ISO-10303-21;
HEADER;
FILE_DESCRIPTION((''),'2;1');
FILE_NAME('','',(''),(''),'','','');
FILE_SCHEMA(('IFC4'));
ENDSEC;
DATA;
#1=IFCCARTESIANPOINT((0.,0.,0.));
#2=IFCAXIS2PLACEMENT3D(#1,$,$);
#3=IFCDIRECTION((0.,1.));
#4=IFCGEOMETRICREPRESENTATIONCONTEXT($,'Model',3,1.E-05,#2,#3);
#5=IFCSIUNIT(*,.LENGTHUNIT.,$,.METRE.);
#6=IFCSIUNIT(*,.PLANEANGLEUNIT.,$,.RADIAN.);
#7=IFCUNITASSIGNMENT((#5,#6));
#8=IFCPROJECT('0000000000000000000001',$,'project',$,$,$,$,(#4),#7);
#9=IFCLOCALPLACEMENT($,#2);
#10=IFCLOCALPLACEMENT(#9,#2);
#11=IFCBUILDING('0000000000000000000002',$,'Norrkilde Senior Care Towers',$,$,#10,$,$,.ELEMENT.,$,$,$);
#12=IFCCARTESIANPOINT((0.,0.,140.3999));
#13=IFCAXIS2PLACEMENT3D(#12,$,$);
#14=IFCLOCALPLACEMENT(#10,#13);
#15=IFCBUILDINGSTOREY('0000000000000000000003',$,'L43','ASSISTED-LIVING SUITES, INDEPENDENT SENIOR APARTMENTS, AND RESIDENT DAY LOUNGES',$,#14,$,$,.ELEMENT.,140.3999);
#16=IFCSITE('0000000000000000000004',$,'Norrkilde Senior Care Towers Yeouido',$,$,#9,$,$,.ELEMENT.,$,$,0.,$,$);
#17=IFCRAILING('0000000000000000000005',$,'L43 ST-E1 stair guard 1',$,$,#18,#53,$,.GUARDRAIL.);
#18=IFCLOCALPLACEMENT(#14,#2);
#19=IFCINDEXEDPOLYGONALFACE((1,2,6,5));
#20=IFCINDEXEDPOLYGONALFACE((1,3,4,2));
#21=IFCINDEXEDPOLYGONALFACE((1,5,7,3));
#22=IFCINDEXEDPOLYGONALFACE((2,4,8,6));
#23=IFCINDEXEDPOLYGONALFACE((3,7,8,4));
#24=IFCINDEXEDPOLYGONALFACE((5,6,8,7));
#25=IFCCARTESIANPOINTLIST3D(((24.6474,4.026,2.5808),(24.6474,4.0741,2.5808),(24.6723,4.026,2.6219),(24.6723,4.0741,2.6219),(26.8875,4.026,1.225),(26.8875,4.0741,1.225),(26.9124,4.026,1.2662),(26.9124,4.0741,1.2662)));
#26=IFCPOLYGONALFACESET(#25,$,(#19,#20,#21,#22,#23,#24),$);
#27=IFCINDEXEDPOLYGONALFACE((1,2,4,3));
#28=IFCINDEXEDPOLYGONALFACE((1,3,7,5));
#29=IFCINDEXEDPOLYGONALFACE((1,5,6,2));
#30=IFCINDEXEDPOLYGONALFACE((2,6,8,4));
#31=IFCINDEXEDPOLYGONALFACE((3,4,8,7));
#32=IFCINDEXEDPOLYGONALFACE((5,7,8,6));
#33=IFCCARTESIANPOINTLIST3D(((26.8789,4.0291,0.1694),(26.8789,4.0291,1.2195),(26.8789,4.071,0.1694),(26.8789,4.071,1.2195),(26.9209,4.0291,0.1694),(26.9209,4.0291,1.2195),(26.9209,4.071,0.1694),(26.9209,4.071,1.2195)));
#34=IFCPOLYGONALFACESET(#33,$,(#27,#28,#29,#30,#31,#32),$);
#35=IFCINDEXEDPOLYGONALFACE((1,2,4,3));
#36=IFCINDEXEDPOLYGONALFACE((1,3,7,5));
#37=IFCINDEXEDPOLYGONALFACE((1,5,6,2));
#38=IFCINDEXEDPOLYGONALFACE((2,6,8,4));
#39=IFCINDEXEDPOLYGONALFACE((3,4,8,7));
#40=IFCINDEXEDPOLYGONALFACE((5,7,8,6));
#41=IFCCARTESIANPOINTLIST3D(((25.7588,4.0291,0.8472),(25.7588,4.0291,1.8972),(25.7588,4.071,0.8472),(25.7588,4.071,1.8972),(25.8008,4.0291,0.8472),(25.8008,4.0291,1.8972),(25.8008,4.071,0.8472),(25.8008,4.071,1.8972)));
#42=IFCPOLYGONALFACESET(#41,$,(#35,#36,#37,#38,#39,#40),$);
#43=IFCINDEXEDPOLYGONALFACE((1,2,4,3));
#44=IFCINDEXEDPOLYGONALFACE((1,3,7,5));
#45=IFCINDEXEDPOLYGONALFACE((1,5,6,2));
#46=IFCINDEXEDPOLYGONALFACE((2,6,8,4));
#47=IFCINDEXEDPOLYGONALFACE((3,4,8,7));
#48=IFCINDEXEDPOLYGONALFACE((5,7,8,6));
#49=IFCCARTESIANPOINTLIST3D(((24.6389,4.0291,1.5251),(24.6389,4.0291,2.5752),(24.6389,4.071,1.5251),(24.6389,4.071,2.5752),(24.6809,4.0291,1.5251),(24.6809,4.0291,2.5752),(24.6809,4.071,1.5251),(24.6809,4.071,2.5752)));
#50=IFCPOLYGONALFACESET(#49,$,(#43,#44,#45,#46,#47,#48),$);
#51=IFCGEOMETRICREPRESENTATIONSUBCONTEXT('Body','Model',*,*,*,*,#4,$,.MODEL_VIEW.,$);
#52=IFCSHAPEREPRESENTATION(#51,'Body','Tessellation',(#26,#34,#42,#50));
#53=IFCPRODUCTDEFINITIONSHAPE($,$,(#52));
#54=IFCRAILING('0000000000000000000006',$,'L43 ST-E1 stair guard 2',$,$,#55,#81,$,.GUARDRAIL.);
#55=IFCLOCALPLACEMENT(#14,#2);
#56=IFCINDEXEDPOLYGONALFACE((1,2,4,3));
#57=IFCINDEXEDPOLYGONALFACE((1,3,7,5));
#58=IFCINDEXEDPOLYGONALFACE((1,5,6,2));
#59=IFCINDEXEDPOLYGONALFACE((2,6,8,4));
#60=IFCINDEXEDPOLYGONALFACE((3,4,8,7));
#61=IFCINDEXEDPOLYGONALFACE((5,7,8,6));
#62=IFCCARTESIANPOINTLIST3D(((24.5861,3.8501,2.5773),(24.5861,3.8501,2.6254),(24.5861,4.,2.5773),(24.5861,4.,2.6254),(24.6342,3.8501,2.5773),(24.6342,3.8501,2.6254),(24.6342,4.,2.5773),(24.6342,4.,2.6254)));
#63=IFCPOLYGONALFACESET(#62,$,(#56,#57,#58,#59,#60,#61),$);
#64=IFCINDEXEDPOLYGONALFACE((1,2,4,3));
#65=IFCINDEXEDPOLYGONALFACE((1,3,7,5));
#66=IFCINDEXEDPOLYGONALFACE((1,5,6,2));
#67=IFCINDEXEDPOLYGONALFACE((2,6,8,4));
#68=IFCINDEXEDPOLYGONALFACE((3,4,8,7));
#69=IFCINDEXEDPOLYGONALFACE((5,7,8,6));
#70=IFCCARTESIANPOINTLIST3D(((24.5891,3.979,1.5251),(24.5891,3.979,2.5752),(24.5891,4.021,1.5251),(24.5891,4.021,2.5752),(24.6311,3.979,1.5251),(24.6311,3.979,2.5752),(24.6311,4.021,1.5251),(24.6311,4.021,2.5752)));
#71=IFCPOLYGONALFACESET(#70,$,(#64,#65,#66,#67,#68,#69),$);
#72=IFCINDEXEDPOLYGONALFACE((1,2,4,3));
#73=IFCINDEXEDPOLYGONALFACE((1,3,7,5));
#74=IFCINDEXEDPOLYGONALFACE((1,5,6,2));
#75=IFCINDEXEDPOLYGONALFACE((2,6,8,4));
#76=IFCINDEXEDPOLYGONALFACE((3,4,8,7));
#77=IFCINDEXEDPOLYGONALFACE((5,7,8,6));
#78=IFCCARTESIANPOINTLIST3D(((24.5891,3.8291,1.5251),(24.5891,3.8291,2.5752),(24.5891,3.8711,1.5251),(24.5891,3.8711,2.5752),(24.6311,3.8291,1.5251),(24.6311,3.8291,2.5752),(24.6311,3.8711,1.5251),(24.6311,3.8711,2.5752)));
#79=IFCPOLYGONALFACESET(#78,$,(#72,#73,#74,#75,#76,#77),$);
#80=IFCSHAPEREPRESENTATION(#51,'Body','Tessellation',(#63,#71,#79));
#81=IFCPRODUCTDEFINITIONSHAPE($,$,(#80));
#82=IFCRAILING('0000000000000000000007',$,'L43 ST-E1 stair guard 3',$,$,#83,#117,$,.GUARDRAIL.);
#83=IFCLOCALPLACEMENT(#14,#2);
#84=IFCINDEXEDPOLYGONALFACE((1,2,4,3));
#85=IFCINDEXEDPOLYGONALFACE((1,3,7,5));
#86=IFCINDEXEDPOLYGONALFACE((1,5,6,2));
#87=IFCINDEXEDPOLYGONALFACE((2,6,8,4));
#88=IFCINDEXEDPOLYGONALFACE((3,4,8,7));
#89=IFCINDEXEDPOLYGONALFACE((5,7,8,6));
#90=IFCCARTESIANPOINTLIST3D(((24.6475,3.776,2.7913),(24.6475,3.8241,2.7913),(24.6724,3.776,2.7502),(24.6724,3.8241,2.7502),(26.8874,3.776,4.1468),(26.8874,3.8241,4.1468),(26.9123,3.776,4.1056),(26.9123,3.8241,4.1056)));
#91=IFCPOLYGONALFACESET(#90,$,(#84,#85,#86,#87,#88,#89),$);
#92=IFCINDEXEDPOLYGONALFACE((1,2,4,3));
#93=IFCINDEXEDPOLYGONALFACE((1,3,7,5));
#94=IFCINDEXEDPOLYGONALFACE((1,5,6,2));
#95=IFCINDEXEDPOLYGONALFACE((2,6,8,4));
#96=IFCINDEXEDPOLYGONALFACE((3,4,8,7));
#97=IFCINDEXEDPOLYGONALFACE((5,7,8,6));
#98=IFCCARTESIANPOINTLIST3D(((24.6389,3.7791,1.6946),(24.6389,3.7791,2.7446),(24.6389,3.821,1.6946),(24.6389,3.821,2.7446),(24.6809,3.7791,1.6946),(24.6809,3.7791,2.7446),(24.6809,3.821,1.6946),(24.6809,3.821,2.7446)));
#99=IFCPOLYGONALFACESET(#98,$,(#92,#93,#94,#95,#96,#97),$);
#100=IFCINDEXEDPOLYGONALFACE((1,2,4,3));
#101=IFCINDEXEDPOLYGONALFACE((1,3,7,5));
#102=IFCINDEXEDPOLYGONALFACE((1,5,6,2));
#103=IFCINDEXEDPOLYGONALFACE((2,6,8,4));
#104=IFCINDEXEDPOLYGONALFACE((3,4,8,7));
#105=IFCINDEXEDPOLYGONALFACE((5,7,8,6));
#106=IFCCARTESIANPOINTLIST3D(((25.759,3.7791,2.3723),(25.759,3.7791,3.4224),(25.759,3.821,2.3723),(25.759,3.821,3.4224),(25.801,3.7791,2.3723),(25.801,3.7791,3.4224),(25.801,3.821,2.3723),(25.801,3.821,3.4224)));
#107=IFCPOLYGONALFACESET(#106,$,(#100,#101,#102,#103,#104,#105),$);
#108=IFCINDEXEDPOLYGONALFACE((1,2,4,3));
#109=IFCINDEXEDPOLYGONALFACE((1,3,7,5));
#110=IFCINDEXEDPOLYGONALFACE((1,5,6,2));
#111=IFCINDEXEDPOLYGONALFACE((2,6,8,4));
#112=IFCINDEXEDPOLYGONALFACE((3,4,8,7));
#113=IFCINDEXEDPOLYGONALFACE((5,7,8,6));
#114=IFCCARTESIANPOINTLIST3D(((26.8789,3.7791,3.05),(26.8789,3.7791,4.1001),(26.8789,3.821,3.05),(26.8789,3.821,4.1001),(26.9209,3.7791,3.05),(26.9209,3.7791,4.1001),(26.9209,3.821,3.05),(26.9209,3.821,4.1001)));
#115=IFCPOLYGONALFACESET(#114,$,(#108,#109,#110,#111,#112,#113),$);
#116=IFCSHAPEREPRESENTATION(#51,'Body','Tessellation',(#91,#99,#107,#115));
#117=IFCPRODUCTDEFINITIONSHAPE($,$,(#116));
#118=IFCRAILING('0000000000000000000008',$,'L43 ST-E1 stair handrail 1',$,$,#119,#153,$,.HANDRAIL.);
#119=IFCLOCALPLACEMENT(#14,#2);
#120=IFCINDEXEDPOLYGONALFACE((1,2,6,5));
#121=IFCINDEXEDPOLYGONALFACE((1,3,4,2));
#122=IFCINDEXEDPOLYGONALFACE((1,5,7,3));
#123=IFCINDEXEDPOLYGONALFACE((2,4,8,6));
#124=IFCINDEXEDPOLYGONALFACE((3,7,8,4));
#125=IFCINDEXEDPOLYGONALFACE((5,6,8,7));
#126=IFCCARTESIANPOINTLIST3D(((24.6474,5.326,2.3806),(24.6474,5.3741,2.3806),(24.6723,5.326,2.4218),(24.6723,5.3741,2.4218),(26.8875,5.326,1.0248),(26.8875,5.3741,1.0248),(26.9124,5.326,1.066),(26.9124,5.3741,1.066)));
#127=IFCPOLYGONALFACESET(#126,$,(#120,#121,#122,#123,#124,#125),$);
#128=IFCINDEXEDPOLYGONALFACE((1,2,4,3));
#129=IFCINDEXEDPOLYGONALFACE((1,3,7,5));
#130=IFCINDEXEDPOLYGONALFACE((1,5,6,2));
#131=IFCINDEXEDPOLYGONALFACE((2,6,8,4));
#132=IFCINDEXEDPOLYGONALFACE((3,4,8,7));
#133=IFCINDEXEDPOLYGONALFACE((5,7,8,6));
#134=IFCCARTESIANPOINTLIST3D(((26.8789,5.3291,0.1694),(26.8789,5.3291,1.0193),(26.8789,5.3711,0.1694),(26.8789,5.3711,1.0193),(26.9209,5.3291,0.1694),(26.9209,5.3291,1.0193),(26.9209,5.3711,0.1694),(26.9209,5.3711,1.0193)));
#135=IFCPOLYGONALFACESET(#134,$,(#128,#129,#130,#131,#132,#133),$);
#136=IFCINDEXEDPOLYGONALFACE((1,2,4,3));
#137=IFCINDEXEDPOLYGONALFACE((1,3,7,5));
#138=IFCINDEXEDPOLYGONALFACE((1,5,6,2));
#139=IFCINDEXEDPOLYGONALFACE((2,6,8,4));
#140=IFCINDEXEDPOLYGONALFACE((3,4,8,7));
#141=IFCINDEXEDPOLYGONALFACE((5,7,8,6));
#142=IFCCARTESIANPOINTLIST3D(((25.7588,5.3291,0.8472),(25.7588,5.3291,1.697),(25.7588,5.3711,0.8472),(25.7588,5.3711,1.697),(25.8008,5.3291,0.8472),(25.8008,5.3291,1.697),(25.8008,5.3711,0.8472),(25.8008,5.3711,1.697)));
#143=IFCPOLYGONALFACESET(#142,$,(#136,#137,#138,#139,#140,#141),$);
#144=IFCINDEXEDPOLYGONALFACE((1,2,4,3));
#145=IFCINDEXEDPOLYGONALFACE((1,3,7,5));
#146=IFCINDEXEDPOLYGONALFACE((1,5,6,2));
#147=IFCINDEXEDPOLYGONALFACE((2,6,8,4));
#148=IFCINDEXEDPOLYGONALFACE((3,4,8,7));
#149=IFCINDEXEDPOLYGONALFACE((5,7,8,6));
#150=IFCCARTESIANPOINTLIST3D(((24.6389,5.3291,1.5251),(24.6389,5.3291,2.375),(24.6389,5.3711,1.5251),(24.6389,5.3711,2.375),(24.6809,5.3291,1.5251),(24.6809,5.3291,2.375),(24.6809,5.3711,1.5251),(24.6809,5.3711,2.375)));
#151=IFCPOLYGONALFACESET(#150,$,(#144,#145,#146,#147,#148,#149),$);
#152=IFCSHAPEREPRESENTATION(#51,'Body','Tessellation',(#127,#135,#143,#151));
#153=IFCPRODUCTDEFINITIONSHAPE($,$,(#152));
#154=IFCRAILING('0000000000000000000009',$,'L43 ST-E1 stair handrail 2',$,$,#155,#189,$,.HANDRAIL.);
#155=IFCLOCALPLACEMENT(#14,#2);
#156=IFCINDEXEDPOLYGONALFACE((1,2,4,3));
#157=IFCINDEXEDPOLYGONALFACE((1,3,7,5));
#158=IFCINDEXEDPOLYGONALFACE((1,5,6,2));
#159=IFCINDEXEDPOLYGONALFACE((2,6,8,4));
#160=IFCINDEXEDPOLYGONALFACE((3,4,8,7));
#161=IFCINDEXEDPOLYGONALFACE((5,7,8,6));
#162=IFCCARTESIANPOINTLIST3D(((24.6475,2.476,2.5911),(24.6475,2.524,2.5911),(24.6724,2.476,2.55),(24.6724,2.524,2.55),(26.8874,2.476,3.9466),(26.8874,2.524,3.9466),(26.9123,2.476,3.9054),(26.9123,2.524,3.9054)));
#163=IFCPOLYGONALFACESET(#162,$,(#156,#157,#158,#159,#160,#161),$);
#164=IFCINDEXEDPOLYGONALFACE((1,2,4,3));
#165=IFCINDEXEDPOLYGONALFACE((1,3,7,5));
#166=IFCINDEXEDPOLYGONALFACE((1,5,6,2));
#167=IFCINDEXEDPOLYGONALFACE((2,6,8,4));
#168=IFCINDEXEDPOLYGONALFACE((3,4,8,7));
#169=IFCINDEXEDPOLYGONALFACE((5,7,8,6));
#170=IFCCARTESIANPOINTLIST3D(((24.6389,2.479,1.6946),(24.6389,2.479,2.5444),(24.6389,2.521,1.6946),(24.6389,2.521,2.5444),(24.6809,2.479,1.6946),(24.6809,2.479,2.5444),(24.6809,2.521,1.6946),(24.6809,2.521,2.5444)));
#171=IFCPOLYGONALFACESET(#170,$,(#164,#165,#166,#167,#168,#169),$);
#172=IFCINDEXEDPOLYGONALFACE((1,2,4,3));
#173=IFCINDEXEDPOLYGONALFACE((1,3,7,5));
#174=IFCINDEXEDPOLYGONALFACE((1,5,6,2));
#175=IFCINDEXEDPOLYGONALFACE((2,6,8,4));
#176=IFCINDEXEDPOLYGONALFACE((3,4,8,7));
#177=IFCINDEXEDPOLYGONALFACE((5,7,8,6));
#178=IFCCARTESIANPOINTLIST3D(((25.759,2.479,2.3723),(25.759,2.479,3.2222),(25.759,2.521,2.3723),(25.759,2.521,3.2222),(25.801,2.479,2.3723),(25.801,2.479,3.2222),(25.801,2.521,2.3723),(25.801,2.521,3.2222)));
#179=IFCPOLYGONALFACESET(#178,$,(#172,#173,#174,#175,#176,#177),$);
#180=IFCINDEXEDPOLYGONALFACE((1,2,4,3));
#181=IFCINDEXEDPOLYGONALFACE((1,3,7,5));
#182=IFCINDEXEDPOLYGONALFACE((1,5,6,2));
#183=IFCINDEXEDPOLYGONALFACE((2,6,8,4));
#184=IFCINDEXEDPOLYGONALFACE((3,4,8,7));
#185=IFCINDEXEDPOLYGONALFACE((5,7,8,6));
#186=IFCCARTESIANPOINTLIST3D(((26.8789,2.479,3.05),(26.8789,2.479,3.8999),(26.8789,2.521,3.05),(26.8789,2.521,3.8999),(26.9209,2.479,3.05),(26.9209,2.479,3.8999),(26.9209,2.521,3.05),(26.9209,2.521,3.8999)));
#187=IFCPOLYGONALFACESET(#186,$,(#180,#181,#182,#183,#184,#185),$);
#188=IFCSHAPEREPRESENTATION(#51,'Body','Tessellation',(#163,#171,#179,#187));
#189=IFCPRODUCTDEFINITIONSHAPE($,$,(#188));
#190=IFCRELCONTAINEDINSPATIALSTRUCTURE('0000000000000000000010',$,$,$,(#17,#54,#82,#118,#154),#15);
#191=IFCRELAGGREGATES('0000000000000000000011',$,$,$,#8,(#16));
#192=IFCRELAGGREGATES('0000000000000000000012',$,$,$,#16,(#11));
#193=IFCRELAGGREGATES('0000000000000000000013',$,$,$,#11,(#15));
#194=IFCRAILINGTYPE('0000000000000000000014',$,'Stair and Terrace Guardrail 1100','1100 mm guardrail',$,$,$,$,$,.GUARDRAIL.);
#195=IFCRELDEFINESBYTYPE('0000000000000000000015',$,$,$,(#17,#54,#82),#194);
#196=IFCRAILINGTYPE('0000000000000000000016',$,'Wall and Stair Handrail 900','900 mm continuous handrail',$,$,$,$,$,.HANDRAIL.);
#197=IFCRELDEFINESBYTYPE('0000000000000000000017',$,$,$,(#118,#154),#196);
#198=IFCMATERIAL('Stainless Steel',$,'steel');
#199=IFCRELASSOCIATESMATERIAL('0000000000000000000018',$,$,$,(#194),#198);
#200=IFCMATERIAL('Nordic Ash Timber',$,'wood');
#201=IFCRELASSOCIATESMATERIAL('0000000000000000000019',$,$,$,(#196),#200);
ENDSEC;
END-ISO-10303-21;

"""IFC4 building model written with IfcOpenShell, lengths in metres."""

from ifc_helpers import new_model, si_unit, direction, frame, origin, origin_2d, place, context, subcontext, project, spatial, rectangle, extrude, material, type_object, element, save


model = new_model("IFC4")

# Units and contexts
model_context = context("Model", 3, precision=1e-05, world=origin(), true_north=direction((0.0, 1.0)))
body_context = subcontext(model_context, "Body", "Model", "MODEL_VIEW")
ifc_project = project(units=[si_unit("LENGTHUNIT", "METRE"), si_unit("PLANEANGLEUNIT", "RADIAN")], contexts=[model_context])

# Site, building, storey
site_placement = place(None, origin())
site = spatial("IfcSite", under=ifc_project, at=site_placement, Name="Norrkilde Senior Care Towers Yeouido", CompositionType="ELEMENT", RefElevation=0.0)
building_placement = place(site_placement, origin())
building = spatial("IfcBuilding", under=site, at=building_placement, Name="Norrkilde Senior Care Towers", CompositionType="ELEMENT")
storey_placement = place(building_placement, frame((0.0, 0.0, 140.3999)))
storey = spatial("IfcBuildingStorey", under=building, at=storey_placement, Name="L43", Description="ASSISTED-LIVING SUITES, INDEPENDENT SENIOR APARTMENTS, AND RESIDENT DAY LOUNGES", CompositionType="ELEMENT", Elevation=140.3999)

# Railings
ifc_material_1 = material(Name="Stainless Steel", Category="steel")
railing_type_1 = type_object("IfcRailingType", Name="Stair and Terrace Guardrail 1100", Description="1100 mm guardrail", PredefinedType="GUARDRAIL", material=ifc_material_1)
railing_1_placement = place(storey_placement, frame((26.8999, 4.05, 0.1694)))
element("IfcRailing", 1, at=railing_1_placement, inside=storey, type_object=railing_type_1, Name="L43 ST-E1 stair guard 1", PredefinedType="GUARDRAIL", context=body_context, shape_type="SweptSolid", body=[
    extrude(rectangle(XDim=0.0481, YDim=0.0481, at=origin_2d()), frame((0.0, 0.0, 1.0762), z_axis=(-0.855512, 0.0, 0.517783), x_axis=(0.0, -1.0, 0.0)), (0.0, 0.0, 1.0), 2.6184),
    extrude(rectangle(XDim=0.042, YDim=0.042, at=origin_2d()), origin(), (0.0, 0.0, 1.0), 1.05),
    extrude(rectangle(XDim=0.042, YDim=0.042, at=origin_2d()), frame((-1.1201, 0.0, 0.6777)), (0.0, 0.0, 1.0), 1.05),
    extrude(rectangle(XDim=0.042, YDim=0.042, at=origin_2d()), frame((-2.24, 0.0, 1.3557)), (0.0, 0.0, 1.0), 1.05),
])
railing_2_placement = place(storey_placement, frame((24.6101, 4.0, 1.5251)))
element("IfcRailing", 2, at=railing_2_placement, inside=storey, type_object=railing_type_1, Name="L43 ST-E1 stair guard 2", PredefinedType="GUARDRAIL", context=body_context, shape_type="SweptSolid", body=[
    extrude(rectangle(XDim=0.0481, YDim=0.0481, at=origin_2d()), frame((0.0, 0.0, 1.0762), z_axis=(0.0, -1.0, 0.0), x_axis=(1.0, 0.0, 0.0)), (0.0, 0.0, 1.0), 0.1499),
    extrude(rectangle(XDim=0.042, YDim=0.042, at=origin_2d()), origin(), (0.0, 0.0, 1.0), 1.05),
    extrude(rectangle(XDim=0.042, YDim=0.042, at=origin_2d()), frame((0.0, -0.1499, 0.0)), (0.0, 0.0, 1.0), 1.05),
])
railing_3_placement = place(storey_placement, frame((24.6599, 3.8, 1.6946)))
element("IfcRailing", 3, at=railing_3_placement, inside=storey, type_object=railing_type_1, Name="L43 ST-E1 stair guard 3", PredefinedType="GUARDRAIL", context=body_context, shape_type="SweptSolid", body=[
    extrude(rectangle(XDim=0.0481, YDim=0.0481, at=origin_2d()), frame((0.0, 0.0, 1.0762), z_axis=(0.855553, 0.0, 0.517715), x_axis=(0.0, 1.0, 0.0)), (0.0, 0.0, 1.0), 2.6182),
    extrude(rectangle(XDim=0.042, YDim=0.042, at=origin_2d()), origin(), (0.0, 0.0, 1.0), 1.05),
    extrude(rectangle(XDim=0.042, YDim=0.042, at=origin_2d()), frame((1.1201, 0.0, 0.6777)), (0.0, 0.0, 1.0), 1.05),
    extrude(rectangle(XDim=0.042, YDim=0.042, at=origin_2d()), frame((2.24, 0.0, 1.3555)), (0.0, 0.0, 1.0), 1.05),
])
ifc_material_2 = material(Name="Nordic Ash Timber", Category="wood")
railing_type_2 = type_object("IfcRailingType", Name="Wall and Stair Handrail 900", Description="900 mm continuous handrail", PredefinedType="HANDRAIL", material=ifc_material_2)
railing_4_placement = place(storey_placement, frame((26.8999, 5.3501, 0.1694)))
element("IfcRailing", 4, at=railing_4_placement, inside=storey, type_object=railing_type_2, Name="L43 ST-E1 stair handrail 1", PredefinedType="HANDRAIL", context=body_context, shape_type="SweptSolid", body=[
    extrude(rectangle(XDim=0.0481, YDim=0.0481, at=origin_2d()), frame((0.0, 0.0, 0.876), z_axis=(-0.855512, 0.0, 0.517783), x_axis=(0.0, -1.0, 0.0)), (0.0, 0.0, 1.0), 2.6184),
    extrude(rectangle(XDim=0.042, YDim=0.042, at=origin_2d()), origin(), (0.0, 0.0, 1.0), 0.8499),
    extrude(rectangle(XDim=0.042, YDim=0.042, at=origin_2d()), frame((-1.1201, 0.0, 0.6777)), (0.0, 0.0, 1.0), 0.8499),
    extrude(rectangle(XDim=0.042, YDim=0.042, at=origin_2d()), frame((-2.24, 0.0, 1.3557)), (0.0, 0.0, 1.0), 0.8499),
])
railing_5_placement = place(storey_placement, frame((24.6599, 2.5, 1.6946)))
element("IfcRailing", 5, at=railing_5_placement, inside=storey, type_object=railing_type_2, Name="L43 ST-E1 stair handrail 2", PredefinedType="HANDRAIL", context=body_context, shape_type="SweptSolid", body=[
    extrude(rectangle(XDim=0.0481, YDim=0.0481, at=origin_2d()), frame((0.0, 0.0, 0.876), z_axis=(0.855553, 0.0, 0.517715), x_axis=(0.0, 1.0, 0.0)), (0.0, 0.0, 1.0), 2.6182),
    extrude(rectangle(XDim=0.042, YDim=0.042, at=origin_2d()), origin(), (0.0, 0.0, 1.0), 0.8499),
    extrude(rectangle(XDim=0.042, YDim=0.042, at=origin_2d()), frame((1.1201, 0.0, 0.6777)), (0.0, 0.0, 1.0), 0.8499),
    extrude(rectangle(XDim=0.042, YDim=0.042, at=origin_2d()), frame((2.24, 0.0, 1.3555)), (0.0, 0.0, 1.0), 0.8499),
])

save(model, "model.ifc")
